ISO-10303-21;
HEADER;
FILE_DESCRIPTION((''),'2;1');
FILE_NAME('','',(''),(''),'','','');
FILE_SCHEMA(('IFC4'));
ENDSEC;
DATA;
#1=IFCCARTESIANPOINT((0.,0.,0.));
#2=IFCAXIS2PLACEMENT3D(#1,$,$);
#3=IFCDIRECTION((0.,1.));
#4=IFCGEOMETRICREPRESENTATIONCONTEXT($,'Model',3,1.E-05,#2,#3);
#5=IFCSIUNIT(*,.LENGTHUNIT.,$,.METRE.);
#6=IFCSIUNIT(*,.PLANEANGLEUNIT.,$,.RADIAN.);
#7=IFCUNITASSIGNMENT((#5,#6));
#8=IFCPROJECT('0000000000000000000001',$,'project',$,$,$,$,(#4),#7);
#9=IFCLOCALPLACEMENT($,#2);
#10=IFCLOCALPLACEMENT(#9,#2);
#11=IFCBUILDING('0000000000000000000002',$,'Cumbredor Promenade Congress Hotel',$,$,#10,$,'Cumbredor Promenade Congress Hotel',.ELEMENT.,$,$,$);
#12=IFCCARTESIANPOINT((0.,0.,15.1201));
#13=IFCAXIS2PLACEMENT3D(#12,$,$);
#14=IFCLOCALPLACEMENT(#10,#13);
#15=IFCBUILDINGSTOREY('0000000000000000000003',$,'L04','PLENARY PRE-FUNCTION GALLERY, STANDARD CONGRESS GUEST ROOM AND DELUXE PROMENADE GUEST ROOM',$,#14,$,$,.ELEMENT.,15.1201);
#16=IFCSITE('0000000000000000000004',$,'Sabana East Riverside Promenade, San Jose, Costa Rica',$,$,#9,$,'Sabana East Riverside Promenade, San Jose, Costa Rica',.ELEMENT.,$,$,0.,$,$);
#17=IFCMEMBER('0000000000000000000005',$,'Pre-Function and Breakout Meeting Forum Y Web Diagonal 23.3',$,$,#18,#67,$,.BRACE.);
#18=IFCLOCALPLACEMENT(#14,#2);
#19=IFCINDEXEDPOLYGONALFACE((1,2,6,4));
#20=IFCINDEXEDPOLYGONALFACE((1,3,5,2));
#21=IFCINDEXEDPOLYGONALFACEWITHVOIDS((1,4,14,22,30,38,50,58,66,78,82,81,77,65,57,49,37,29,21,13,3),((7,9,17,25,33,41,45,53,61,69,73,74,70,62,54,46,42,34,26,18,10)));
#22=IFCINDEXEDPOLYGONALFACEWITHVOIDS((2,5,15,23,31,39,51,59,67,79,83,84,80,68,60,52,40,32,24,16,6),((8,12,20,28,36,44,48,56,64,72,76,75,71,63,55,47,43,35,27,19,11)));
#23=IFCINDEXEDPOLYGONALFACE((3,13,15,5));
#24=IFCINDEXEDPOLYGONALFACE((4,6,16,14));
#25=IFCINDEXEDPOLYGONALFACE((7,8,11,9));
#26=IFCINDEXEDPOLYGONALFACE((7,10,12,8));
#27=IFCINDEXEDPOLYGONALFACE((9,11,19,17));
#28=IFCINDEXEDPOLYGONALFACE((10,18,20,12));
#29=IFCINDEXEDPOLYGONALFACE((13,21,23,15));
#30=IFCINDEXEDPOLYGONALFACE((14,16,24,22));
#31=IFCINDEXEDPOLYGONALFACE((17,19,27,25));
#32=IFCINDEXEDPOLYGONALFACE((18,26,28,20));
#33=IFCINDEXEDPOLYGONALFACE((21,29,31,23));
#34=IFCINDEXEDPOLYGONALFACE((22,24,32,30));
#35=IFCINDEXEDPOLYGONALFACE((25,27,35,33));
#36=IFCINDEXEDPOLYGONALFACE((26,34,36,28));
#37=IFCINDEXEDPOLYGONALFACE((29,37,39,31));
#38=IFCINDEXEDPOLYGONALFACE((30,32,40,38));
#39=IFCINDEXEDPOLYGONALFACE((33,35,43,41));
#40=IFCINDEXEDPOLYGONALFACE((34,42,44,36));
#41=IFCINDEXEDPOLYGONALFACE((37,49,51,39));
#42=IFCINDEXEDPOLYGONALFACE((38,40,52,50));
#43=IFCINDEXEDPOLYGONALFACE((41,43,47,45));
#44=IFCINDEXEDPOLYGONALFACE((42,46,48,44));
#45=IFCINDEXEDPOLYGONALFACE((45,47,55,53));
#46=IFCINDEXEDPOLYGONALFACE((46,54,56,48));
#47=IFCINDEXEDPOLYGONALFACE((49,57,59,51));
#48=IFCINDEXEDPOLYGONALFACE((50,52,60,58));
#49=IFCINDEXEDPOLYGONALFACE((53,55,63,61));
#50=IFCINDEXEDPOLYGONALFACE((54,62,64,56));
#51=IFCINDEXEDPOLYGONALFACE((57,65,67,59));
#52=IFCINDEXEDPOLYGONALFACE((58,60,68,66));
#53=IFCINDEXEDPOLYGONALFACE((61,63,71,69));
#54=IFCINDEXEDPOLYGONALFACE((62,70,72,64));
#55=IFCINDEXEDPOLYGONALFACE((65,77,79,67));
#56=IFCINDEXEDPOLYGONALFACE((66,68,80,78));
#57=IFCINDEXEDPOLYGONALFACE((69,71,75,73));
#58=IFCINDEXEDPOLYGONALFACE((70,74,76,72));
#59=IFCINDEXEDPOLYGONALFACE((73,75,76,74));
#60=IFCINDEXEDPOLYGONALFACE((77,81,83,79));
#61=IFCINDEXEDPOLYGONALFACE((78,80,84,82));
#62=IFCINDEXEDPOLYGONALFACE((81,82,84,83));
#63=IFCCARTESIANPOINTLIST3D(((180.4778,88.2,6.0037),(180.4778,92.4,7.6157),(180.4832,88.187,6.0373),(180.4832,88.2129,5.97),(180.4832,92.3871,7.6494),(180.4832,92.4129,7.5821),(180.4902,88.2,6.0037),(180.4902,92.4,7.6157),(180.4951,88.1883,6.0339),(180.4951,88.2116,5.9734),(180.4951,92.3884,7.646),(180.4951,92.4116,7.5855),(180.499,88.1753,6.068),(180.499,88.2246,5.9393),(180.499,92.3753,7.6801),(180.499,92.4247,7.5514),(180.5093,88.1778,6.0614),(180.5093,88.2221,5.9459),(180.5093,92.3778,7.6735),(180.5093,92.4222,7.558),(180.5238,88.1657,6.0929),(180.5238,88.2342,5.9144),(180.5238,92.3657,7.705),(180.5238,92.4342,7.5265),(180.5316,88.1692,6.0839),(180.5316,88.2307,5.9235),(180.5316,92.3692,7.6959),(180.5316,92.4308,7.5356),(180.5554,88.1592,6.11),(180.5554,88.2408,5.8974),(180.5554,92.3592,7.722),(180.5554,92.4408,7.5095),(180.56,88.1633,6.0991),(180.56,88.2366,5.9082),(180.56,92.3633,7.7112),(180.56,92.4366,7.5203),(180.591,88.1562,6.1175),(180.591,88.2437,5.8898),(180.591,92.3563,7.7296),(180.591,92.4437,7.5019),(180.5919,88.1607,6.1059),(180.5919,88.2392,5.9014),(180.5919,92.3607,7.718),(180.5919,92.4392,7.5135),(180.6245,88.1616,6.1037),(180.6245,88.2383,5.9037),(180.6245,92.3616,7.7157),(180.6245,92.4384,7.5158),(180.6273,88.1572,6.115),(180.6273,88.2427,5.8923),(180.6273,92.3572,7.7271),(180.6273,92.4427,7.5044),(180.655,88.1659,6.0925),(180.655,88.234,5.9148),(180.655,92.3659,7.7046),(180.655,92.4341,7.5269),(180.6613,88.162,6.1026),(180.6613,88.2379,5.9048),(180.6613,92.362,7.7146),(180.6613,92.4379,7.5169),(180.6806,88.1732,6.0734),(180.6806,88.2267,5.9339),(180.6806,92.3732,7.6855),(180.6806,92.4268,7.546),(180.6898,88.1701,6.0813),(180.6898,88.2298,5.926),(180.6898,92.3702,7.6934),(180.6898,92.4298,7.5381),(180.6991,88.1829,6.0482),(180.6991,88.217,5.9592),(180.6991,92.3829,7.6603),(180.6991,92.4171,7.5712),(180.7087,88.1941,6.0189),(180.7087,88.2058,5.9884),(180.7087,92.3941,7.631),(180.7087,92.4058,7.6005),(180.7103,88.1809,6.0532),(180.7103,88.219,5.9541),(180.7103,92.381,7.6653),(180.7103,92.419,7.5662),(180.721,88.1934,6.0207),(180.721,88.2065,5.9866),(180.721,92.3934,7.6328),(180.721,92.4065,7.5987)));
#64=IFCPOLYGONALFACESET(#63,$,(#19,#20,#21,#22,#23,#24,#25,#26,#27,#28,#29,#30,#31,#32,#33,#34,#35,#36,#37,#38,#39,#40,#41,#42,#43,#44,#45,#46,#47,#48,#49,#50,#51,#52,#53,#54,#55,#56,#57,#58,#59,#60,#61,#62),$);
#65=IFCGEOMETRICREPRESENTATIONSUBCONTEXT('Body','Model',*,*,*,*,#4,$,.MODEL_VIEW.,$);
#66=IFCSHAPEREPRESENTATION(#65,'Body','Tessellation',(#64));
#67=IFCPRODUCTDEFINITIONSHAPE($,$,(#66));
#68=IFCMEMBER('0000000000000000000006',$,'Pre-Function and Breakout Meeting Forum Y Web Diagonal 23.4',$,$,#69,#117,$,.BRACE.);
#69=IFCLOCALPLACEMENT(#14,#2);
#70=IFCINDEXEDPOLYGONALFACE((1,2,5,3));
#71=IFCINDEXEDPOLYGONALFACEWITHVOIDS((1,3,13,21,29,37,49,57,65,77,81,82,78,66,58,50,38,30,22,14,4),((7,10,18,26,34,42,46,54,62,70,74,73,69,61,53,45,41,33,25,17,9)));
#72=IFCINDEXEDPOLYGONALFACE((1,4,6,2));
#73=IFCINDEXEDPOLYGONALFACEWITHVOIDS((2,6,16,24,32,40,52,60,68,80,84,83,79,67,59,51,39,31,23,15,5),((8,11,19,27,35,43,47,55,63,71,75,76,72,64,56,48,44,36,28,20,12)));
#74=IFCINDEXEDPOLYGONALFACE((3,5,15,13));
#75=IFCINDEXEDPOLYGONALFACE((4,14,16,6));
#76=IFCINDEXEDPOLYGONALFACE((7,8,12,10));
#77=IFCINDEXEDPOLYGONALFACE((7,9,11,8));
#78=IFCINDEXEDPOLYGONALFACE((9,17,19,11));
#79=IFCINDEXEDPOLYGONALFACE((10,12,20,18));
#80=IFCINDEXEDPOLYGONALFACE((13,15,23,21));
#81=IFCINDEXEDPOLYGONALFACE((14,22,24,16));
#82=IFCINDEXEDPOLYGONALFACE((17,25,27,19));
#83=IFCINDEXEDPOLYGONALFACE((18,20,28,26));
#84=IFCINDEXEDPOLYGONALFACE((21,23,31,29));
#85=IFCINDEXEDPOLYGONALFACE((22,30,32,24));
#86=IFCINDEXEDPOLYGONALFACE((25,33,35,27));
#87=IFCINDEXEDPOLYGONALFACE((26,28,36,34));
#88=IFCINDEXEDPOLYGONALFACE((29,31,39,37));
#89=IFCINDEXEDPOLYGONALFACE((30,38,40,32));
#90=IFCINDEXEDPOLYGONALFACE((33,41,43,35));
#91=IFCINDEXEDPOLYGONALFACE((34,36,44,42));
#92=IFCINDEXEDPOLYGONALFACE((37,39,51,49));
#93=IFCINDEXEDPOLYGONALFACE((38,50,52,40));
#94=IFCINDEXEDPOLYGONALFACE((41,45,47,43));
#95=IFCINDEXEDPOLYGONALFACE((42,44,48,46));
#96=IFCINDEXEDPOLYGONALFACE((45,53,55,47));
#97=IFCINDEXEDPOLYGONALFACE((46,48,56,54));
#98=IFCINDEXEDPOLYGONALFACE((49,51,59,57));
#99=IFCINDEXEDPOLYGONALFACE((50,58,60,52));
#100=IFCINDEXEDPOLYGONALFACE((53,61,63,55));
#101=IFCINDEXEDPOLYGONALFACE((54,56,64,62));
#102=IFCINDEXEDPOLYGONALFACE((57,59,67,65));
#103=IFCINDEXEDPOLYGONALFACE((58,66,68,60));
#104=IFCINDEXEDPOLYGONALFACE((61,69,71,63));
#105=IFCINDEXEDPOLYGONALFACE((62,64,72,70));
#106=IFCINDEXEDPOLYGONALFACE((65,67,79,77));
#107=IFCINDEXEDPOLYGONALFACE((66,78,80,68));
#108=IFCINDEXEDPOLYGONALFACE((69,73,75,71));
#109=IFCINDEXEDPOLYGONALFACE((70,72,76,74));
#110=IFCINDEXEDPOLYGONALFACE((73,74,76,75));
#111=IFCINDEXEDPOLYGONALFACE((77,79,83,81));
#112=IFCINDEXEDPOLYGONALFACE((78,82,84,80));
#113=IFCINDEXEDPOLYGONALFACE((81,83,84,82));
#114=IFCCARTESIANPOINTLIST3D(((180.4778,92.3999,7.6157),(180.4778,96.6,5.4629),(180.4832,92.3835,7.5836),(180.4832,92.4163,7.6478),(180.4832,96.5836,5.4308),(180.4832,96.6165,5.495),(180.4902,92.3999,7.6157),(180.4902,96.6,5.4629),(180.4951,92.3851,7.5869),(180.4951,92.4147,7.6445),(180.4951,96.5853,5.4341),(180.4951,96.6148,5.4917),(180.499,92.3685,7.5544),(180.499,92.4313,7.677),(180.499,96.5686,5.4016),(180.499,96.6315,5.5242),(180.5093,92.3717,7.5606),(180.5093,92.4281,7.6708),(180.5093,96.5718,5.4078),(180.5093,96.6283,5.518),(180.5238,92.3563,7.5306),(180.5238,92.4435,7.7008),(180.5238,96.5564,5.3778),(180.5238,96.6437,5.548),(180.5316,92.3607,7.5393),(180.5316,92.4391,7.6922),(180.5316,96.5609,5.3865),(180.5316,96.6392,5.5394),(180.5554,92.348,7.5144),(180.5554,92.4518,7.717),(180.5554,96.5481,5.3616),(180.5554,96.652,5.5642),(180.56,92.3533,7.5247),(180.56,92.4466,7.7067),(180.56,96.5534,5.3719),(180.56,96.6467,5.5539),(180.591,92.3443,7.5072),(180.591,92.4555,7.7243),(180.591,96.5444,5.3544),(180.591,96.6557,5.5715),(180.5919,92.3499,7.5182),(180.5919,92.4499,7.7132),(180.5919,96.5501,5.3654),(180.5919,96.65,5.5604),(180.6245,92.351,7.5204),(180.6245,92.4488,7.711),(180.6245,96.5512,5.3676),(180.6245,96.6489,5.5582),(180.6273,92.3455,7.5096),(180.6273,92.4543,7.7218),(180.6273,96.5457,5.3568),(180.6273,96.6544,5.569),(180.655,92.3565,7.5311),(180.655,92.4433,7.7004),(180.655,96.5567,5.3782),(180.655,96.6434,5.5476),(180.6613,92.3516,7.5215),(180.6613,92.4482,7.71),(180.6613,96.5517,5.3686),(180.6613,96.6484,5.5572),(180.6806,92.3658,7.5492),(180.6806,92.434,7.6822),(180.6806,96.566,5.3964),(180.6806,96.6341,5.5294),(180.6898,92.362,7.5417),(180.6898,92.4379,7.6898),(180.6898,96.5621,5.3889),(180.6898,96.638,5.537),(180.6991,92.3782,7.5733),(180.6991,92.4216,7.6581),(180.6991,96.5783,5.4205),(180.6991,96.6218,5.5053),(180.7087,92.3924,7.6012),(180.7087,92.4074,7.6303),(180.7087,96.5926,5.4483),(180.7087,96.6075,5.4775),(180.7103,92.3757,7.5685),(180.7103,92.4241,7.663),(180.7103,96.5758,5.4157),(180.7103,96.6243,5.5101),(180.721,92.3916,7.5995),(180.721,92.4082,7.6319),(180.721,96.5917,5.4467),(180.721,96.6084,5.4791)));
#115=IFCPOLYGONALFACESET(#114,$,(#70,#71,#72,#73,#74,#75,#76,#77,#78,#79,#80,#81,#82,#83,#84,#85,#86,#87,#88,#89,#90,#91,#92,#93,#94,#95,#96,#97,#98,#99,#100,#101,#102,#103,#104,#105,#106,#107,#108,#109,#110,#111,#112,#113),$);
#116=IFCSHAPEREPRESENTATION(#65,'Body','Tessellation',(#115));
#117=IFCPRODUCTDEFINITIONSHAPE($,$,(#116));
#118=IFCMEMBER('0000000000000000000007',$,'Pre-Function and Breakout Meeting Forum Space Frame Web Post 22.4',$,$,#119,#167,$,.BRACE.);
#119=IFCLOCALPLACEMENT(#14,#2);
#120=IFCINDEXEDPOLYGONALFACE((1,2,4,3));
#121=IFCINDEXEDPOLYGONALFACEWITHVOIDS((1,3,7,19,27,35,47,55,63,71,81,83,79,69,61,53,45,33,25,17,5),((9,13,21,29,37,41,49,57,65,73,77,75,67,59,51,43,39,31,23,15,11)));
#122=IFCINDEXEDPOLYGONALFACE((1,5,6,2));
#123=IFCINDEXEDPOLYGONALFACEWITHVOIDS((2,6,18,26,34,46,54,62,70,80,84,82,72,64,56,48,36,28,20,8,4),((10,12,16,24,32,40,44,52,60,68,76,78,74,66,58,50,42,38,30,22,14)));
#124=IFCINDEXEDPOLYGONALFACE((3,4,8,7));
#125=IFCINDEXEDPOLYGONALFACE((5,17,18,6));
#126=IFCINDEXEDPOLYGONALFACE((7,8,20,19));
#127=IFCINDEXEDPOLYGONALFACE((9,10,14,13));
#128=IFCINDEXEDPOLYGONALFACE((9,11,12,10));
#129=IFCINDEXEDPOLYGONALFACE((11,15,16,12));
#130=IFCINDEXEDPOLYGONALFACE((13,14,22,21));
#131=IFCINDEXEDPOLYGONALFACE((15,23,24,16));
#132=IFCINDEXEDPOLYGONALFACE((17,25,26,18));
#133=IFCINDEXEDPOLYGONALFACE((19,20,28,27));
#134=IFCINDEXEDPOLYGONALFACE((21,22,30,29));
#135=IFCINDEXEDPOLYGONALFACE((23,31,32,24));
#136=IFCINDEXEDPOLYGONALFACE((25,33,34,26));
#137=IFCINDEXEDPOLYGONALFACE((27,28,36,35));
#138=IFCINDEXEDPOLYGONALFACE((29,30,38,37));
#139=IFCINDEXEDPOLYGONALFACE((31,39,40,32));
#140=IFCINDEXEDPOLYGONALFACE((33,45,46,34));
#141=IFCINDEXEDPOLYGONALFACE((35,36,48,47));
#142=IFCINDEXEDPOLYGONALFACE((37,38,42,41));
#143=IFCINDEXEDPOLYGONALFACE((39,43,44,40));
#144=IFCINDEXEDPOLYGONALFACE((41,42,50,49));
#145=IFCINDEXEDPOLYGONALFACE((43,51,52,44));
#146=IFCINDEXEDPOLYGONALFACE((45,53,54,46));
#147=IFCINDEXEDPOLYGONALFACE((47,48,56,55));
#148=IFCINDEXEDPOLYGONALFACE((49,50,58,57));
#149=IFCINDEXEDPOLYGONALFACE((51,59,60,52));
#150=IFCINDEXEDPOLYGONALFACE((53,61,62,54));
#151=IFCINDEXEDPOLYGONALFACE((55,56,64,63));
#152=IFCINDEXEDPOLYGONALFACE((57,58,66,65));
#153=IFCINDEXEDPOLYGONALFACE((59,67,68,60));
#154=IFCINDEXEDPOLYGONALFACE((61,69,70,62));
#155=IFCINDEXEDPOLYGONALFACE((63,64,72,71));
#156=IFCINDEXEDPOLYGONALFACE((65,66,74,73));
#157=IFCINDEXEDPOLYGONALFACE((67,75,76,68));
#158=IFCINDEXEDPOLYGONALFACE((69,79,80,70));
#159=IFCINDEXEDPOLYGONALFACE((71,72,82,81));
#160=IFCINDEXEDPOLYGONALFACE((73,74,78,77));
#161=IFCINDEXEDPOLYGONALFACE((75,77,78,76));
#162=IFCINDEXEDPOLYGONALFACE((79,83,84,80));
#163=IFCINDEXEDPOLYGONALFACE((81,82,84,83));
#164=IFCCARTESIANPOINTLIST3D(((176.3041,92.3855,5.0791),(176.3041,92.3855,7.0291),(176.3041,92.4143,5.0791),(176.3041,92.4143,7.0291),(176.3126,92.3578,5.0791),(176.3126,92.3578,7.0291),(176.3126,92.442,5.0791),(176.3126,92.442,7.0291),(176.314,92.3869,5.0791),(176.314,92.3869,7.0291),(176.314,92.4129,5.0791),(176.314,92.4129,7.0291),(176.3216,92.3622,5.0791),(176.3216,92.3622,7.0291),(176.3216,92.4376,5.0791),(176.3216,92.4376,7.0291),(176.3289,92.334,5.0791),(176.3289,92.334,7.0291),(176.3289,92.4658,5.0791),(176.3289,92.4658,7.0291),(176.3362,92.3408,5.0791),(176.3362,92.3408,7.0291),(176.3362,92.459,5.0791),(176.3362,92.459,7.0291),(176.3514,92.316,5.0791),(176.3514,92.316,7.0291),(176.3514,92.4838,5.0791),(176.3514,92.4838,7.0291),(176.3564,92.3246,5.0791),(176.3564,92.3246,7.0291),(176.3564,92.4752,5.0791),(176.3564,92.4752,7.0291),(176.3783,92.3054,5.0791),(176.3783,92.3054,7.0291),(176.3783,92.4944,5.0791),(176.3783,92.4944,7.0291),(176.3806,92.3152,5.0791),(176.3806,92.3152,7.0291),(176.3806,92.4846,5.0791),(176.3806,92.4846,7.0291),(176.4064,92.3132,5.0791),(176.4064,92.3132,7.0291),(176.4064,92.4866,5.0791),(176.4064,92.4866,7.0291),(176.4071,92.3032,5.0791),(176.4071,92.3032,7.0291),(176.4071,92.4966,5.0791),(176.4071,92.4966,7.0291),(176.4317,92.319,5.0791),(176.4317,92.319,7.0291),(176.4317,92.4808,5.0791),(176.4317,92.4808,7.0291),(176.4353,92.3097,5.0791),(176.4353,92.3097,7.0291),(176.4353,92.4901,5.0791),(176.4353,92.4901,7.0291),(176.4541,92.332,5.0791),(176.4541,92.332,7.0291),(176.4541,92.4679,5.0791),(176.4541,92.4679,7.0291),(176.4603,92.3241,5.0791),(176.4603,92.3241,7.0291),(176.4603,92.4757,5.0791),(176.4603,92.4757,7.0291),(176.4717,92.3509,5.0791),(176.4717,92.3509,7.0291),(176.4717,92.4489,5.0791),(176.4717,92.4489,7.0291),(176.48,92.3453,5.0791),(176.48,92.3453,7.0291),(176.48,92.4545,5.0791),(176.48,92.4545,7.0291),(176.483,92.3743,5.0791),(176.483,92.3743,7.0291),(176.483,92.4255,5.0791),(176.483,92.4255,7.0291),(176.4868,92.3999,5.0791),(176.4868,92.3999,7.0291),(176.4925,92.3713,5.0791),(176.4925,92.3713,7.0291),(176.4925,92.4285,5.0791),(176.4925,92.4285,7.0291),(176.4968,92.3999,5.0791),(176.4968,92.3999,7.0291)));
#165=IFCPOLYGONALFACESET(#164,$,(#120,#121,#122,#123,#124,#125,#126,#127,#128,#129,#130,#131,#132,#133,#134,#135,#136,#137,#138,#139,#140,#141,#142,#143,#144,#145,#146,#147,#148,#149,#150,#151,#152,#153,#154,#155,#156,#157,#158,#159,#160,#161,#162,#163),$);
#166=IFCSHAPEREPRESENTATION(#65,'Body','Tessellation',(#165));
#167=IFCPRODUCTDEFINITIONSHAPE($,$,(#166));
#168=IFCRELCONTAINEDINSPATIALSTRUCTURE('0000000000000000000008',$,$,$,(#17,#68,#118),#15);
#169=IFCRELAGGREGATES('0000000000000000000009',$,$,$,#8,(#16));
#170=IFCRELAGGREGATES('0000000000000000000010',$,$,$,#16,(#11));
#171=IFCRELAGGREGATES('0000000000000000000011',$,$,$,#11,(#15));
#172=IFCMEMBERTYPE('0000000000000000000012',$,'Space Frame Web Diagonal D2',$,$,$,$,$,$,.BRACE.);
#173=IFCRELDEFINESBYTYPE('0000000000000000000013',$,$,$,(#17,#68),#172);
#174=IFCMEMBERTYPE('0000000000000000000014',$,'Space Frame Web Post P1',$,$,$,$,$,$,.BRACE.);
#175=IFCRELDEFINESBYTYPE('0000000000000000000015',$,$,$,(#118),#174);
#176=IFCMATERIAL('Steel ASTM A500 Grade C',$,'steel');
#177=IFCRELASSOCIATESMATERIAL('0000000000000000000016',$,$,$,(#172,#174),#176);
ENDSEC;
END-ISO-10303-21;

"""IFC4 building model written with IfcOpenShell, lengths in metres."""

from ifc_helpers import new_model, si_unit, direction, frame, origin, origin_2d, place, context, subcontext, project, spatial, hollow_circle, extrude, material, material_profile, profile_set, type_object, element, save


model = new_model("IFC4")

# Units and contexts
model_context = context("Model", 3, precision=1e-05, world=origin(), true_north=direction((0.0, 1.0)))
body_context = subcontext(model_context, "Body", "Model", "MODEL_VIEW")
ifc_project = project(units=[si_unit("LENGTHUNIT", "METRE"), si_unit("PLANEANGLEUNIT", "RADIAN")], contexts=[model_context])

# Site, building, storey
site_placement = place(None, origin())
site = spatial("IfcSite", under=ifc_project, at=site_placement, Name="Sabana East Riverside Promenade, San Jose, Costa Rica", LongName="Sabana East Riverside Promenade, San Jose, Costa Rica", CompositionType="ELEMENT", RefElevation=0.0)
building_placement = place(site_placement, origin())
building = spatial("IfcBuilding", under=site, at=building_placement, Name="Cumbredor Promenade Congress Hotel", LongName="Cumbredor Promenade Congress Hotel", CompositionType="ELEMENT")
storey_placement = place(building_placement, frame((0.0, 0.0, 15.1201)))
storey = spatial("IfcBuildingStorey", under=building, at=storey_placement, Name="L04", Description="PLENARY PRE-FUNCTION GALLERY, STANDARD CONGRESS GUEST ROOM AND DELUXE PROMENADE GUEST ROOM", CompositionType="ELEMENT", Elevation=15.1201)

# Members
ifc_material_1 = material(Name="Steel ASTM A500 Grade C", Category="steel")
ifc_material_profile_1 = material_profile(ifc_material_1, hollow_circle(Radius=0.1223, WallThickness=0.0125, at=origin_2d()), Name="CHS 244.5x12.5")
ifc_profile_set_1 = profile_set([ifc_material_profile_1], Name="Steel ASTM A500 Grade C")
member_type_1 = type_object("IfcMemberType", Name="Space Frame Web Diagonal D2", PredefinedType="BRACE", material=ifc_profile_set_1)
member_1_placement = place(storey_placement, frame((180.6001, 88.2, 6.0037), z_axis=(0.0, 0.933592, 0.358339), x_axis=(-1.0, 0.0, 0.0)))
element("IfcMember", 1, at=member_1_placement, inside=storey, type_object=member_type_1, Name="Pre-Function and Breakout Meeting Forum Y Web Diagonal 23.3", PredefinedType="BRACE", context=body_context, shape_type="SweptSolid", body=[
    extrude(hollow_circle(Radius=0.1223, WallThickness=0.0125, at=origin_2d()), origin(), (0.0, 0.0, 1.0), 4.4988),
])
member_2_placement = place(storey_placement, frame((180.6001, 92.3999, 7.6157), z_axis=(0.0, 0.889913, -0.45613), x_axis=(-1.0, 0.0, 0.0)))
element("IfcMember", 2, at=member_2_placement, inside=storey, type_object=member_type_1, Name="Pre-Function and Breakout Meeting Forum Y Web Diagonal 23.4", PredefinedType="BRACE", context=body_context, shape_type="SweptSolid", body=[
    extrude(hollow_circle(Radius=0.1223, WallThickness=0.0125, at=origin_2d()), origin(), (0.0, 0.0, 1.0), 4.7197),
])
ifc_material_profile_2 = material_profile(ifc_material_1, hollow_circle(Radius=0.0969, WallThickness=0.01, at=origin_2d()), Name="CHS 193.7x10")
ifc_profile_set_2 = profile_set([ifc_material_profile_2], Name="Steel ASTM A500 Grade C")
member_type_2 = type_object("IfcMemberType", Name="Space Frame Web Post P1", PredefinedType="BRACE", material=ifc_profile_set_2)
member_3_placement = place(storey_placement, frame((176.3999, 92.3999, 5.0791), z_axis=(0.0, 0.0, 1.0), x_axis=(1.0, 0.0, 0.0)))
element("IfcMember", 3, at=member_3_placement, inside=storey, type_object=member_type_2, Name="Pre-Function and Breakout Meeting Forum Space Frame Web Post 22.4", PredefinedType="BRACE", context=body_context, shape_type="SweptSolid", body=[
    extrude(hollow_circle(Radius=0.0969, WallThickness=0.01, at=origin_2d()), origin(), (0.0, 0.0, 1.0), 1.95),
])

save(model, "model.ifc")
